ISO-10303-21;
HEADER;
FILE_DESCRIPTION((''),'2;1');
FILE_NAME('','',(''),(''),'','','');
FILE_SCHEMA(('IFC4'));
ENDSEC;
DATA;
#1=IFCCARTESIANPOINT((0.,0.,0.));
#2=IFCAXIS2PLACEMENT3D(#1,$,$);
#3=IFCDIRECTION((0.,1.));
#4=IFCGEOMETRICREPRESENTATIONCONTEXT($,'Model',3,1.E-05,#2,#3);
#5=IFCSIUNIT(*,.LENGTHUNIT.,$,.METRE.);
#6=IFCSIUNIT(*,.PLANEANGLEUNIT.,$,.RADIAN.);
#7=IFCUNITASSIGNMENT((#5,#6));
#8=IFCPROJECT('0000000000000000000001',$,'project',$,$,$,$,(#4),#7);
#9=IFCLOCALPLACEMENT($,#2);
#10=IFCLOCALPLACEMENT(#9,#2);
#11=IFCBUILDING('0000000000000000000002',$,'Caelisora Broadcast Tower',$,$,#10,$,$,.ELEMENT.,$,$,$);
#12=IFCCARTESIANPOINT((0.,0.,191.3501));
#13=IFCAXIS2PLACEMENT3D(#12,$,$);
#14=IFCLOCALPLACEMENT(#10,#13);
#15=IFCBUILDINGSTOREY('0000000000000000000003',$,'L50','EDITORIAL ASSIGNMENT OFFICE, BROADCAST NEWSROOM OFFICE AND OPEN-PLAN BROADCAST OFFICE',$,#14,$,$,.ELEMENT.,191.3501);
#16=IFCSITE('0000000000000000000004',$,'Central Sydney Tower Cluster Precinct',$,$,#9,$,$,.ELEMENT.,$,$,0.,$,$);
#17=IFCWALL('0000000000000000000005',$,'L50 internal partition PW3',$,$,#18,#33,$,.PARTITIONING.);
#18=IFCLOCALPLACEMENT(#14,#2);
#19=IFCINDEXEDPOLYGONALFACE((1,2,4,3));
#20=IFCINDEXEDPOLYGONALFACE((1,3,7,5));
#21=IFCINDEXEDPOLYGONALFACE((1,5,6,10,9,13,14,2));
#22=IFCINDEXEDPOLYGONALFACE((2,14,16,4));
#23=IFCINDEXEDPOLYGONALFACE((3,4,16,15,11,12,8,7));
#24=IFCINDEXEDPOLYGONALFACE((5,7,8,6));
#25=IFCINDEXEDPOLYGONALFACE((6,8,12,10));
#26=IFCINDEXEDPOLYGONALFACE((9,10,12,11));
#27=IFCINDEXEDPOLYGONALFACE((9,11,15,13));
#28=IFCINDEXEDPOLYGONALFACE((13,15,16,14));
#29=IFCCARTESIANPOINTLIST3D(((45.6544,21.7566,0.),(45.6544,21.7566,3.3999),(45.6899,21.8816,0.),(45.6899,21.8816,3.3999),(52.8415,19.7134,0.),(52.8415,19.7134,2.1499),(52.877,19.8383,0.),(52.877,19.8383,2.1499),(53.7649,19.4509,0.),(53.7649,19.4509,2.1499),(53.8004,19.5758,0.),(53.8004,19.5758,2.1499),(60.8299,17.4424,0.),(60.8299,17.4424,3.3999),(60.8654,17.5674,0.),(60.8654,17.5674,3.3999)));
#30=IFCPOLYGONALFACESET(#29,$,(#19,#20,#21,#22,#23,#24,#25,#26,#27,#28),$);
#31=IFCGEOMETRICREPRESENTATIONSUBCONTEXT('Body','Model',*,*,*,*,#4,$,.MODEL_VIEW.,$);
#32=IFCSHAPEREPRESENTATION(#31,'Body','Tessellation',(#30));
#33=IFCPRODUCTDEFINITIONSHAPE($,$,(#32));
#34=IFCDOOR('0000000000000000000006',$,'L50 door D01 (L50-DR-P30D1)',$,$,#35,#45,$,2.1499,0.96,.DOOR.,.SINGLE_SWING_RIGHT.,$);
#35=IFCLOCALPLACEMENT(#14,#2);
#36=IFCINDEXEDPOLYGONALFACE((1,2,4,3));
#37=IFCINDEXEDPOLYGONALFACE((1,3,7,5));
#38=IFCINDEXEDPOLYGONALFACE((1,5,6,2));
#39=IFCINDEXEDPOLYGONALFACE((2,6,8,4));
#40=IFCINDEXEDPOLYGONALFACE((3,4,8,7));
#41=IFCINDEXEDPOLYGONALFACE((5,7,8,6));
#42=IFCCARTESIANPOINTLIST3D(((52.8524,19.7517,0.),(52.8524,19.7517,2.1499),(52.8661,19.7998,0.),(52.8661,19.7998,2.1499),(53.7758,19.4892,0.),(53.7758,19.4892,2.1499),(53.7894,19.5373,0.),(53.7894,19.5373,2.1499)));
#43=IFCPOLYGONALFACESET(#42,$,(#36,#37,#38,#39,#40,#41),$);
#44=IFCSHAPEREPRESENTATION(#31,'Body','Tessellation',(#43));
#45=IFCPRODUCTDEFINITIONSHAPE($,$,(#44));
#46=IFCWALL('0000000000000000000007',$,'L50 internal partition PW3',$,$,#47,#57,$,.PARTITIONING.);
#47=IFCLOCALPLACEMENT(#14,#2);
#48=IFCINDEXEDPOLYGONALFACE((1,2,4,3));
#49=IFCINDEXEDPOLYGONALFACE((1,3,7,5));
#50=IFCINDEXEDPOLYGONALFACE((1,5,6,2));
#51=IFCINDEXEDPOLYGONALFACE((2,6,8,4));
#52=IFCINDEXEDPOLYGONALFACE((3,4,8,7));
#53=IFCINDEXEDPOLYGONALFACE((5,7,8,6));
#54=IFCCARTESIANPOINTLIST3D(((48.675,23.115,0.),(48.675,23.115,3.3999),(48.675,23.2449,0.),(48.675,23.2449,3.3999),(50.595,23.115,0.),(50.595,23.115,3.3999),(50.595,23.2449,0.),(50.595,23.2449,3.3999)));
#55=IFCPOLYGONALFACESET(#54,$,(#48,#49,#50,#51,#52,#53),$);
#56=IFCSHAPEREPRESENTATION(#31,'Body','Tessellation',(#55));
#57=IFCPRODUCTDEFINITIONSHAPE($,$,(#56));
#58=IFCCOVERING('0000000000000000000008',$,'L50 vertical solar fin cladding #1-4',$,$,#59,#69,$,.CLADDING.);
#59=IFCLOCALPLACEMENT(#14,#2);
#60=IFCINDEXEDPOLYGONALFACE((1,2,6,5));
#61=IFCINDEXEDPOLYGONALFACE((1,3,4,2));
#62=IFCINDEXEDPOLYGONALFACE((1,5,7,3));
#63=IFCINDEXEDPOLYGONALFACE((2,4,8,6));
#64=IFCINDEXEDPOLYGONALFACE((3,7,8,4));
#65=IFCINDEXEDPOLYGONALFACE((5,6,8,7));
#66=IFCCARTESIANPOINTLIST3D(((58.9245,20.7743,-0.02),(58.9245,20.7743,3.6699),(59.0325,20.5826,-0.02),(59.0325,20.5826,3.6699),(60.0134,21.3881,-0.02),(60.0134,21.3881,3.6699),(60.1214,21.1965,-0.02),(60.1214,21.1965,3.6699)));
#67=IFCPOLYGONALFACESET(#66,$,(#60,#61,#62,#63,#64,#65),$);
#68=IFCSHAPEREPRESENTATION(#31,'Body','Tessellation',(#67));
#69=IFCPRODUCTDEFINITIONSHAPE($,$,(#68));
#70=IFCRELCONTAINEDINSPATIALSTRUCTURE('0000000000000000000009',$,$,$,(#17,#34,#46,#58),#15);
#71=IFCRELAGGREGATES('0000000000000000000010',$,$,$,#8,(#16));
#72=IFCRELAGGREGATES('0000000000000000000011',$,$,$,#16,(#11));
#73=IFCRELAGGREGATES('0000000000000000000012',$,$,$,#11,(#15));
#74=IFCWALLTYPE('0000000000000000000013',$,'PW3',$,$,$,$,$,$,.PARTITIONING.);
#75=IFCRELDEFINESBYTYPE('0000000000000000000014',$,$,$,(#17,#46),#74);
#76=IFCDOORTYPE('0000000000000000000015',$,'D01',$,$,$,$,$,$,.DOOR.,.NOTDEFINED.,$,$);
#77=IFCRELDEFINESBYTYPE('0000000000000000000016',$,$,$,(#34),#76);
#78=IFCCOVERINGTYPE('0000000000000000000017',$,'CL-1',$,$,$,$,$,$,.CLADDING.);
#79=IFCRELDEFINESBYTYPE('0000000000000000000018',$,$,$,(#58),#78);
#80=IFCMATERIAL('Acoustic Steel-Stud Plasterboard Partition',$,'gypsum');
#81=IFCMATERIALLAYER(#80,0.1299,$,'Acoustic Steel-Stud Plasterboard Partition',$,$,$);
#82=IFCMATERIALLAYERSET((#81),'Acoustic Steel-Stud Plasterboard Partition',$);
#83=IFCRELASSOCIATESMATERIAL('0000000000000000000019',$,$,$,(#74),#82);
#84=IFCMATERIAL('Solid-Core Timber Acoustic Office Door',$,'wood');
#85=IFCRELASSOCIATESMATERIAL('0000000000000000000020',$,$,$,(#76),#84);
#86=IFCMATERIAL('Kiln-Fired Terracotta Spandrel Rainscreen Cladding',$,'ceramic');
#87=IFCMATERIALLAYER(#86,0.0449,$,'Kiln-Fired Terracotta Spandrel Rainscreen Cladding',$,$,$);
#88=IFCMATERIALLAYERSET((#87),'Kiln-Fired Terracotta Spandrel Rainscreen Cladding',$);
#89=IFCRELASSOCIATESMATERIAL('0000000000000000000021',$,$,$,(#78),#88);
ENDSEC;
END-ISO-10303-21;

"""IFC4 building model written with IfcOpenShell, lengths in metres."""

from ifc_helpers import new_model, si_unit, direction, frame, frame_2d, origin, origin_2d, place, context, subcontext, project, spatial, rectangle, extrude, source, transform, mapped, material, layer, layer_set, type_object, type_shapes, element, fill, save


model = new_model("IFC4")

# Units and contexts
model_context = context("Model", 3, precision=1e-05, world=origin(), true_north=direction((0.0, 1.0)))
body_context = subcontext(model_context, "Body", "Model", "MODEL_VIEW")
ifc_project = project(units=[si_unit("LENGTHUNIT", "METRE"), si_unit("PLANEANGLEUNIT", "RADIAN")], contexts=[model_context])

# Site, building, storey
site_placement = place(None, origin())
site = spatial("IfcSite", under=ifc_project, at=site_placement, Name="Central Sydney Tower Cluster Precinct", CompositionType="ELEMENT", RefElevation=0.0)
building_placement = place(site_placement, origin())
building = spatial("IfcBuilding", under=site, at=building_placement, Name="Caelisora Broadcast Tower", CompositionType="ELEMENT")
storey_placement = place(building_placement, frame((0.0, 0.0, 191.3501)))
storey = spatial("IfcBuildingStorey", under=building, at=storey_placement, Name="L50", Description="EDITORIAL ASSIGNMENT OFFICE, BROADCAST NEWSROOM OFFICE AND OPEN-PLAN BROADCAST OFFICE", CompositionType="ELEMENT", Elevation=191.3501)

# Wall, opening, door
ifc_material_1 = material(Name="Acoustic Steel-Stud Plasterboard Partition", Category="gypsum")
ifc_layer_1 = layer(ifc_material_1, 0.1299, Name="Acoustic Steel-Stud Plasterboard Partition")
ifc_layer_set_1 = layer_set([ifc_layer_1], Name="Acoustic Steel-Stud Plasterboard Partition")
wall_type_1 = type_object("IfcWallType", Name="PW3", PredefinedType="PARTITIONING", material=ifc_layer_set_1)
wall_1_placement = place(storey_placement, frame((45.6721, 21.8191, 0.0), z_axis=(0.0, 0.0, 1.0), x_axis=(0.961886, -0.273452, 0.0)))
wall_1 = element("IfcWall", 1, at=wall_1_placement, inside=storey, type_object=wall_type_1, Name="L50 internal partition PW3", PredefinedType="PARTITIONING", context=body_context, shape_type="SweptSolid", body=[
    extrude(rectangle(XDim=15.7769, YDim=0.1299, at=frame_2d((7.8884, 0.0))), origin(), (0.0, 0.0, 1.0), 3.3999),
])
opening_1_placement = place(wall_1_placement, frame((7.4719, 0.0, 0.0)))
opening_1 = element("IfcOpeningElement", 2, at=opening_1_placement, cuts=wall_1, PredefinedType="OPENING", context=body_context, shape_type="SweptSolid", body=[
    extrude(rectangle(XDim=0.96, YDim=2.1499, at=frame_2d((0.48, 1.075))), frame((0.0, 0.0769, 0.0), z_axis=(0.0, -1.0, 0.0), x_axis=(1.0, 0.0, 0.0)), (0.0, 0.0, 1.0), 0.1538),
])
ifc_material_2 = material(Name="Solid-Core Timber Acoustic Office Door", Category="wood")
door_type_1 = type_object("IfcDoorType", Name="D01", OperationType="NOTDEFINED", PredefinedType="DOOR", material=ifc_material_2)
door_1_placement = place(opening_1_placement, origin())
door_1 = element("IfcDoor", 3, at=door_1_placement, inside=storey, type_object=door_type_1, Name="L50 door D01 (L50-DR-P30D1)", OperationType="SINGLE_SWING_RIGHT", OverallHeight=2.1499, OverallWidth=0.96, PredefinedType="DOOR", context=body_context, shape_type="SweptSolid", body=[
    extrude(rectangle(XDim=0.96, YDim=2.1499, at=frame_2d((0.48, 1.075))), frame((0.0, 0.0249, 0.0), z_axis=(0.0, -1.0, 0.0), x_axis=(1.0, 0.0, 0.0)), (0.0, 0.0, 1.0), 0.05),
])
fill(opening_1, door_1)

# Wall
wall_2_placement = place(storey_placement, frame((48.675, 23.1799, 0.0), z_axis=(0.0, 0.0, 1.0), x_axis=(1.0, 0.0, 0.0)))
element("IfcWall", 4, at=wall_2_placement, inside=storey, type_object=wall_type_1, Name="L50 internal partition PW3", PredefinedType="PARTITIONING", context=body_context, shape_type="SweptSolid", body=[
    extrude(rectangle(XDim=1.9199, YDim=0.1299, at=frame_2d((0.96, 0.0))), origin(), (0.0, 0.0, 1.0), 3.3999),
])

# Covering
ifc_material_3 = material(Name="Kiln-Fired Terracotta Spandrel Rainscreen Cladding", Category="ceramic")
ifc_layer_2 = layer(ifc_material_3, 0.0449, Name="Kiln-Fired Terracotta Spandrel Rainscreen Cladding")
ifc_layer_set_2 = layer_set([ifc_layer_2], Name="Kiln-Fired Terracotta Spandrel Rainscreen Cladding")
covering_type = type_object("IfcCoveringType", Name="CL-1", PredefinedType="CLADDING", material=ifc_layer_set_2)
shared_shape_1 = source(origin(), body_context, "Body", "SweptSolid", [
    extrude(rectangle(XDim=0.22, YDim=1.25, at=origin_2d()), origin(), (0.0, 0.0, 1.0), 3.6899),
])
type_shapes(covering_type, [shared_shape_1])
covering_placement = place(storey_placement, frame((59.5229, 20.9854, -0.02), z_axis=(0.0, 0.0, 1.0), x_axis=(0.491056, -0.871128, 0.0)))
element("IfcCovering", 5, at=covering_placement, inside=storey, type_object=covering_type, Name="L50 vertical solar fin cladding #1-4", PredefinedType="CLADDING", context=body_context, shape_type="MappedRepresentation", body=[
    mapped(shared_shape_1, transform((0.0, 0.0, 0.0), scale=1.0)),
])

save(model, "model.ifc")
